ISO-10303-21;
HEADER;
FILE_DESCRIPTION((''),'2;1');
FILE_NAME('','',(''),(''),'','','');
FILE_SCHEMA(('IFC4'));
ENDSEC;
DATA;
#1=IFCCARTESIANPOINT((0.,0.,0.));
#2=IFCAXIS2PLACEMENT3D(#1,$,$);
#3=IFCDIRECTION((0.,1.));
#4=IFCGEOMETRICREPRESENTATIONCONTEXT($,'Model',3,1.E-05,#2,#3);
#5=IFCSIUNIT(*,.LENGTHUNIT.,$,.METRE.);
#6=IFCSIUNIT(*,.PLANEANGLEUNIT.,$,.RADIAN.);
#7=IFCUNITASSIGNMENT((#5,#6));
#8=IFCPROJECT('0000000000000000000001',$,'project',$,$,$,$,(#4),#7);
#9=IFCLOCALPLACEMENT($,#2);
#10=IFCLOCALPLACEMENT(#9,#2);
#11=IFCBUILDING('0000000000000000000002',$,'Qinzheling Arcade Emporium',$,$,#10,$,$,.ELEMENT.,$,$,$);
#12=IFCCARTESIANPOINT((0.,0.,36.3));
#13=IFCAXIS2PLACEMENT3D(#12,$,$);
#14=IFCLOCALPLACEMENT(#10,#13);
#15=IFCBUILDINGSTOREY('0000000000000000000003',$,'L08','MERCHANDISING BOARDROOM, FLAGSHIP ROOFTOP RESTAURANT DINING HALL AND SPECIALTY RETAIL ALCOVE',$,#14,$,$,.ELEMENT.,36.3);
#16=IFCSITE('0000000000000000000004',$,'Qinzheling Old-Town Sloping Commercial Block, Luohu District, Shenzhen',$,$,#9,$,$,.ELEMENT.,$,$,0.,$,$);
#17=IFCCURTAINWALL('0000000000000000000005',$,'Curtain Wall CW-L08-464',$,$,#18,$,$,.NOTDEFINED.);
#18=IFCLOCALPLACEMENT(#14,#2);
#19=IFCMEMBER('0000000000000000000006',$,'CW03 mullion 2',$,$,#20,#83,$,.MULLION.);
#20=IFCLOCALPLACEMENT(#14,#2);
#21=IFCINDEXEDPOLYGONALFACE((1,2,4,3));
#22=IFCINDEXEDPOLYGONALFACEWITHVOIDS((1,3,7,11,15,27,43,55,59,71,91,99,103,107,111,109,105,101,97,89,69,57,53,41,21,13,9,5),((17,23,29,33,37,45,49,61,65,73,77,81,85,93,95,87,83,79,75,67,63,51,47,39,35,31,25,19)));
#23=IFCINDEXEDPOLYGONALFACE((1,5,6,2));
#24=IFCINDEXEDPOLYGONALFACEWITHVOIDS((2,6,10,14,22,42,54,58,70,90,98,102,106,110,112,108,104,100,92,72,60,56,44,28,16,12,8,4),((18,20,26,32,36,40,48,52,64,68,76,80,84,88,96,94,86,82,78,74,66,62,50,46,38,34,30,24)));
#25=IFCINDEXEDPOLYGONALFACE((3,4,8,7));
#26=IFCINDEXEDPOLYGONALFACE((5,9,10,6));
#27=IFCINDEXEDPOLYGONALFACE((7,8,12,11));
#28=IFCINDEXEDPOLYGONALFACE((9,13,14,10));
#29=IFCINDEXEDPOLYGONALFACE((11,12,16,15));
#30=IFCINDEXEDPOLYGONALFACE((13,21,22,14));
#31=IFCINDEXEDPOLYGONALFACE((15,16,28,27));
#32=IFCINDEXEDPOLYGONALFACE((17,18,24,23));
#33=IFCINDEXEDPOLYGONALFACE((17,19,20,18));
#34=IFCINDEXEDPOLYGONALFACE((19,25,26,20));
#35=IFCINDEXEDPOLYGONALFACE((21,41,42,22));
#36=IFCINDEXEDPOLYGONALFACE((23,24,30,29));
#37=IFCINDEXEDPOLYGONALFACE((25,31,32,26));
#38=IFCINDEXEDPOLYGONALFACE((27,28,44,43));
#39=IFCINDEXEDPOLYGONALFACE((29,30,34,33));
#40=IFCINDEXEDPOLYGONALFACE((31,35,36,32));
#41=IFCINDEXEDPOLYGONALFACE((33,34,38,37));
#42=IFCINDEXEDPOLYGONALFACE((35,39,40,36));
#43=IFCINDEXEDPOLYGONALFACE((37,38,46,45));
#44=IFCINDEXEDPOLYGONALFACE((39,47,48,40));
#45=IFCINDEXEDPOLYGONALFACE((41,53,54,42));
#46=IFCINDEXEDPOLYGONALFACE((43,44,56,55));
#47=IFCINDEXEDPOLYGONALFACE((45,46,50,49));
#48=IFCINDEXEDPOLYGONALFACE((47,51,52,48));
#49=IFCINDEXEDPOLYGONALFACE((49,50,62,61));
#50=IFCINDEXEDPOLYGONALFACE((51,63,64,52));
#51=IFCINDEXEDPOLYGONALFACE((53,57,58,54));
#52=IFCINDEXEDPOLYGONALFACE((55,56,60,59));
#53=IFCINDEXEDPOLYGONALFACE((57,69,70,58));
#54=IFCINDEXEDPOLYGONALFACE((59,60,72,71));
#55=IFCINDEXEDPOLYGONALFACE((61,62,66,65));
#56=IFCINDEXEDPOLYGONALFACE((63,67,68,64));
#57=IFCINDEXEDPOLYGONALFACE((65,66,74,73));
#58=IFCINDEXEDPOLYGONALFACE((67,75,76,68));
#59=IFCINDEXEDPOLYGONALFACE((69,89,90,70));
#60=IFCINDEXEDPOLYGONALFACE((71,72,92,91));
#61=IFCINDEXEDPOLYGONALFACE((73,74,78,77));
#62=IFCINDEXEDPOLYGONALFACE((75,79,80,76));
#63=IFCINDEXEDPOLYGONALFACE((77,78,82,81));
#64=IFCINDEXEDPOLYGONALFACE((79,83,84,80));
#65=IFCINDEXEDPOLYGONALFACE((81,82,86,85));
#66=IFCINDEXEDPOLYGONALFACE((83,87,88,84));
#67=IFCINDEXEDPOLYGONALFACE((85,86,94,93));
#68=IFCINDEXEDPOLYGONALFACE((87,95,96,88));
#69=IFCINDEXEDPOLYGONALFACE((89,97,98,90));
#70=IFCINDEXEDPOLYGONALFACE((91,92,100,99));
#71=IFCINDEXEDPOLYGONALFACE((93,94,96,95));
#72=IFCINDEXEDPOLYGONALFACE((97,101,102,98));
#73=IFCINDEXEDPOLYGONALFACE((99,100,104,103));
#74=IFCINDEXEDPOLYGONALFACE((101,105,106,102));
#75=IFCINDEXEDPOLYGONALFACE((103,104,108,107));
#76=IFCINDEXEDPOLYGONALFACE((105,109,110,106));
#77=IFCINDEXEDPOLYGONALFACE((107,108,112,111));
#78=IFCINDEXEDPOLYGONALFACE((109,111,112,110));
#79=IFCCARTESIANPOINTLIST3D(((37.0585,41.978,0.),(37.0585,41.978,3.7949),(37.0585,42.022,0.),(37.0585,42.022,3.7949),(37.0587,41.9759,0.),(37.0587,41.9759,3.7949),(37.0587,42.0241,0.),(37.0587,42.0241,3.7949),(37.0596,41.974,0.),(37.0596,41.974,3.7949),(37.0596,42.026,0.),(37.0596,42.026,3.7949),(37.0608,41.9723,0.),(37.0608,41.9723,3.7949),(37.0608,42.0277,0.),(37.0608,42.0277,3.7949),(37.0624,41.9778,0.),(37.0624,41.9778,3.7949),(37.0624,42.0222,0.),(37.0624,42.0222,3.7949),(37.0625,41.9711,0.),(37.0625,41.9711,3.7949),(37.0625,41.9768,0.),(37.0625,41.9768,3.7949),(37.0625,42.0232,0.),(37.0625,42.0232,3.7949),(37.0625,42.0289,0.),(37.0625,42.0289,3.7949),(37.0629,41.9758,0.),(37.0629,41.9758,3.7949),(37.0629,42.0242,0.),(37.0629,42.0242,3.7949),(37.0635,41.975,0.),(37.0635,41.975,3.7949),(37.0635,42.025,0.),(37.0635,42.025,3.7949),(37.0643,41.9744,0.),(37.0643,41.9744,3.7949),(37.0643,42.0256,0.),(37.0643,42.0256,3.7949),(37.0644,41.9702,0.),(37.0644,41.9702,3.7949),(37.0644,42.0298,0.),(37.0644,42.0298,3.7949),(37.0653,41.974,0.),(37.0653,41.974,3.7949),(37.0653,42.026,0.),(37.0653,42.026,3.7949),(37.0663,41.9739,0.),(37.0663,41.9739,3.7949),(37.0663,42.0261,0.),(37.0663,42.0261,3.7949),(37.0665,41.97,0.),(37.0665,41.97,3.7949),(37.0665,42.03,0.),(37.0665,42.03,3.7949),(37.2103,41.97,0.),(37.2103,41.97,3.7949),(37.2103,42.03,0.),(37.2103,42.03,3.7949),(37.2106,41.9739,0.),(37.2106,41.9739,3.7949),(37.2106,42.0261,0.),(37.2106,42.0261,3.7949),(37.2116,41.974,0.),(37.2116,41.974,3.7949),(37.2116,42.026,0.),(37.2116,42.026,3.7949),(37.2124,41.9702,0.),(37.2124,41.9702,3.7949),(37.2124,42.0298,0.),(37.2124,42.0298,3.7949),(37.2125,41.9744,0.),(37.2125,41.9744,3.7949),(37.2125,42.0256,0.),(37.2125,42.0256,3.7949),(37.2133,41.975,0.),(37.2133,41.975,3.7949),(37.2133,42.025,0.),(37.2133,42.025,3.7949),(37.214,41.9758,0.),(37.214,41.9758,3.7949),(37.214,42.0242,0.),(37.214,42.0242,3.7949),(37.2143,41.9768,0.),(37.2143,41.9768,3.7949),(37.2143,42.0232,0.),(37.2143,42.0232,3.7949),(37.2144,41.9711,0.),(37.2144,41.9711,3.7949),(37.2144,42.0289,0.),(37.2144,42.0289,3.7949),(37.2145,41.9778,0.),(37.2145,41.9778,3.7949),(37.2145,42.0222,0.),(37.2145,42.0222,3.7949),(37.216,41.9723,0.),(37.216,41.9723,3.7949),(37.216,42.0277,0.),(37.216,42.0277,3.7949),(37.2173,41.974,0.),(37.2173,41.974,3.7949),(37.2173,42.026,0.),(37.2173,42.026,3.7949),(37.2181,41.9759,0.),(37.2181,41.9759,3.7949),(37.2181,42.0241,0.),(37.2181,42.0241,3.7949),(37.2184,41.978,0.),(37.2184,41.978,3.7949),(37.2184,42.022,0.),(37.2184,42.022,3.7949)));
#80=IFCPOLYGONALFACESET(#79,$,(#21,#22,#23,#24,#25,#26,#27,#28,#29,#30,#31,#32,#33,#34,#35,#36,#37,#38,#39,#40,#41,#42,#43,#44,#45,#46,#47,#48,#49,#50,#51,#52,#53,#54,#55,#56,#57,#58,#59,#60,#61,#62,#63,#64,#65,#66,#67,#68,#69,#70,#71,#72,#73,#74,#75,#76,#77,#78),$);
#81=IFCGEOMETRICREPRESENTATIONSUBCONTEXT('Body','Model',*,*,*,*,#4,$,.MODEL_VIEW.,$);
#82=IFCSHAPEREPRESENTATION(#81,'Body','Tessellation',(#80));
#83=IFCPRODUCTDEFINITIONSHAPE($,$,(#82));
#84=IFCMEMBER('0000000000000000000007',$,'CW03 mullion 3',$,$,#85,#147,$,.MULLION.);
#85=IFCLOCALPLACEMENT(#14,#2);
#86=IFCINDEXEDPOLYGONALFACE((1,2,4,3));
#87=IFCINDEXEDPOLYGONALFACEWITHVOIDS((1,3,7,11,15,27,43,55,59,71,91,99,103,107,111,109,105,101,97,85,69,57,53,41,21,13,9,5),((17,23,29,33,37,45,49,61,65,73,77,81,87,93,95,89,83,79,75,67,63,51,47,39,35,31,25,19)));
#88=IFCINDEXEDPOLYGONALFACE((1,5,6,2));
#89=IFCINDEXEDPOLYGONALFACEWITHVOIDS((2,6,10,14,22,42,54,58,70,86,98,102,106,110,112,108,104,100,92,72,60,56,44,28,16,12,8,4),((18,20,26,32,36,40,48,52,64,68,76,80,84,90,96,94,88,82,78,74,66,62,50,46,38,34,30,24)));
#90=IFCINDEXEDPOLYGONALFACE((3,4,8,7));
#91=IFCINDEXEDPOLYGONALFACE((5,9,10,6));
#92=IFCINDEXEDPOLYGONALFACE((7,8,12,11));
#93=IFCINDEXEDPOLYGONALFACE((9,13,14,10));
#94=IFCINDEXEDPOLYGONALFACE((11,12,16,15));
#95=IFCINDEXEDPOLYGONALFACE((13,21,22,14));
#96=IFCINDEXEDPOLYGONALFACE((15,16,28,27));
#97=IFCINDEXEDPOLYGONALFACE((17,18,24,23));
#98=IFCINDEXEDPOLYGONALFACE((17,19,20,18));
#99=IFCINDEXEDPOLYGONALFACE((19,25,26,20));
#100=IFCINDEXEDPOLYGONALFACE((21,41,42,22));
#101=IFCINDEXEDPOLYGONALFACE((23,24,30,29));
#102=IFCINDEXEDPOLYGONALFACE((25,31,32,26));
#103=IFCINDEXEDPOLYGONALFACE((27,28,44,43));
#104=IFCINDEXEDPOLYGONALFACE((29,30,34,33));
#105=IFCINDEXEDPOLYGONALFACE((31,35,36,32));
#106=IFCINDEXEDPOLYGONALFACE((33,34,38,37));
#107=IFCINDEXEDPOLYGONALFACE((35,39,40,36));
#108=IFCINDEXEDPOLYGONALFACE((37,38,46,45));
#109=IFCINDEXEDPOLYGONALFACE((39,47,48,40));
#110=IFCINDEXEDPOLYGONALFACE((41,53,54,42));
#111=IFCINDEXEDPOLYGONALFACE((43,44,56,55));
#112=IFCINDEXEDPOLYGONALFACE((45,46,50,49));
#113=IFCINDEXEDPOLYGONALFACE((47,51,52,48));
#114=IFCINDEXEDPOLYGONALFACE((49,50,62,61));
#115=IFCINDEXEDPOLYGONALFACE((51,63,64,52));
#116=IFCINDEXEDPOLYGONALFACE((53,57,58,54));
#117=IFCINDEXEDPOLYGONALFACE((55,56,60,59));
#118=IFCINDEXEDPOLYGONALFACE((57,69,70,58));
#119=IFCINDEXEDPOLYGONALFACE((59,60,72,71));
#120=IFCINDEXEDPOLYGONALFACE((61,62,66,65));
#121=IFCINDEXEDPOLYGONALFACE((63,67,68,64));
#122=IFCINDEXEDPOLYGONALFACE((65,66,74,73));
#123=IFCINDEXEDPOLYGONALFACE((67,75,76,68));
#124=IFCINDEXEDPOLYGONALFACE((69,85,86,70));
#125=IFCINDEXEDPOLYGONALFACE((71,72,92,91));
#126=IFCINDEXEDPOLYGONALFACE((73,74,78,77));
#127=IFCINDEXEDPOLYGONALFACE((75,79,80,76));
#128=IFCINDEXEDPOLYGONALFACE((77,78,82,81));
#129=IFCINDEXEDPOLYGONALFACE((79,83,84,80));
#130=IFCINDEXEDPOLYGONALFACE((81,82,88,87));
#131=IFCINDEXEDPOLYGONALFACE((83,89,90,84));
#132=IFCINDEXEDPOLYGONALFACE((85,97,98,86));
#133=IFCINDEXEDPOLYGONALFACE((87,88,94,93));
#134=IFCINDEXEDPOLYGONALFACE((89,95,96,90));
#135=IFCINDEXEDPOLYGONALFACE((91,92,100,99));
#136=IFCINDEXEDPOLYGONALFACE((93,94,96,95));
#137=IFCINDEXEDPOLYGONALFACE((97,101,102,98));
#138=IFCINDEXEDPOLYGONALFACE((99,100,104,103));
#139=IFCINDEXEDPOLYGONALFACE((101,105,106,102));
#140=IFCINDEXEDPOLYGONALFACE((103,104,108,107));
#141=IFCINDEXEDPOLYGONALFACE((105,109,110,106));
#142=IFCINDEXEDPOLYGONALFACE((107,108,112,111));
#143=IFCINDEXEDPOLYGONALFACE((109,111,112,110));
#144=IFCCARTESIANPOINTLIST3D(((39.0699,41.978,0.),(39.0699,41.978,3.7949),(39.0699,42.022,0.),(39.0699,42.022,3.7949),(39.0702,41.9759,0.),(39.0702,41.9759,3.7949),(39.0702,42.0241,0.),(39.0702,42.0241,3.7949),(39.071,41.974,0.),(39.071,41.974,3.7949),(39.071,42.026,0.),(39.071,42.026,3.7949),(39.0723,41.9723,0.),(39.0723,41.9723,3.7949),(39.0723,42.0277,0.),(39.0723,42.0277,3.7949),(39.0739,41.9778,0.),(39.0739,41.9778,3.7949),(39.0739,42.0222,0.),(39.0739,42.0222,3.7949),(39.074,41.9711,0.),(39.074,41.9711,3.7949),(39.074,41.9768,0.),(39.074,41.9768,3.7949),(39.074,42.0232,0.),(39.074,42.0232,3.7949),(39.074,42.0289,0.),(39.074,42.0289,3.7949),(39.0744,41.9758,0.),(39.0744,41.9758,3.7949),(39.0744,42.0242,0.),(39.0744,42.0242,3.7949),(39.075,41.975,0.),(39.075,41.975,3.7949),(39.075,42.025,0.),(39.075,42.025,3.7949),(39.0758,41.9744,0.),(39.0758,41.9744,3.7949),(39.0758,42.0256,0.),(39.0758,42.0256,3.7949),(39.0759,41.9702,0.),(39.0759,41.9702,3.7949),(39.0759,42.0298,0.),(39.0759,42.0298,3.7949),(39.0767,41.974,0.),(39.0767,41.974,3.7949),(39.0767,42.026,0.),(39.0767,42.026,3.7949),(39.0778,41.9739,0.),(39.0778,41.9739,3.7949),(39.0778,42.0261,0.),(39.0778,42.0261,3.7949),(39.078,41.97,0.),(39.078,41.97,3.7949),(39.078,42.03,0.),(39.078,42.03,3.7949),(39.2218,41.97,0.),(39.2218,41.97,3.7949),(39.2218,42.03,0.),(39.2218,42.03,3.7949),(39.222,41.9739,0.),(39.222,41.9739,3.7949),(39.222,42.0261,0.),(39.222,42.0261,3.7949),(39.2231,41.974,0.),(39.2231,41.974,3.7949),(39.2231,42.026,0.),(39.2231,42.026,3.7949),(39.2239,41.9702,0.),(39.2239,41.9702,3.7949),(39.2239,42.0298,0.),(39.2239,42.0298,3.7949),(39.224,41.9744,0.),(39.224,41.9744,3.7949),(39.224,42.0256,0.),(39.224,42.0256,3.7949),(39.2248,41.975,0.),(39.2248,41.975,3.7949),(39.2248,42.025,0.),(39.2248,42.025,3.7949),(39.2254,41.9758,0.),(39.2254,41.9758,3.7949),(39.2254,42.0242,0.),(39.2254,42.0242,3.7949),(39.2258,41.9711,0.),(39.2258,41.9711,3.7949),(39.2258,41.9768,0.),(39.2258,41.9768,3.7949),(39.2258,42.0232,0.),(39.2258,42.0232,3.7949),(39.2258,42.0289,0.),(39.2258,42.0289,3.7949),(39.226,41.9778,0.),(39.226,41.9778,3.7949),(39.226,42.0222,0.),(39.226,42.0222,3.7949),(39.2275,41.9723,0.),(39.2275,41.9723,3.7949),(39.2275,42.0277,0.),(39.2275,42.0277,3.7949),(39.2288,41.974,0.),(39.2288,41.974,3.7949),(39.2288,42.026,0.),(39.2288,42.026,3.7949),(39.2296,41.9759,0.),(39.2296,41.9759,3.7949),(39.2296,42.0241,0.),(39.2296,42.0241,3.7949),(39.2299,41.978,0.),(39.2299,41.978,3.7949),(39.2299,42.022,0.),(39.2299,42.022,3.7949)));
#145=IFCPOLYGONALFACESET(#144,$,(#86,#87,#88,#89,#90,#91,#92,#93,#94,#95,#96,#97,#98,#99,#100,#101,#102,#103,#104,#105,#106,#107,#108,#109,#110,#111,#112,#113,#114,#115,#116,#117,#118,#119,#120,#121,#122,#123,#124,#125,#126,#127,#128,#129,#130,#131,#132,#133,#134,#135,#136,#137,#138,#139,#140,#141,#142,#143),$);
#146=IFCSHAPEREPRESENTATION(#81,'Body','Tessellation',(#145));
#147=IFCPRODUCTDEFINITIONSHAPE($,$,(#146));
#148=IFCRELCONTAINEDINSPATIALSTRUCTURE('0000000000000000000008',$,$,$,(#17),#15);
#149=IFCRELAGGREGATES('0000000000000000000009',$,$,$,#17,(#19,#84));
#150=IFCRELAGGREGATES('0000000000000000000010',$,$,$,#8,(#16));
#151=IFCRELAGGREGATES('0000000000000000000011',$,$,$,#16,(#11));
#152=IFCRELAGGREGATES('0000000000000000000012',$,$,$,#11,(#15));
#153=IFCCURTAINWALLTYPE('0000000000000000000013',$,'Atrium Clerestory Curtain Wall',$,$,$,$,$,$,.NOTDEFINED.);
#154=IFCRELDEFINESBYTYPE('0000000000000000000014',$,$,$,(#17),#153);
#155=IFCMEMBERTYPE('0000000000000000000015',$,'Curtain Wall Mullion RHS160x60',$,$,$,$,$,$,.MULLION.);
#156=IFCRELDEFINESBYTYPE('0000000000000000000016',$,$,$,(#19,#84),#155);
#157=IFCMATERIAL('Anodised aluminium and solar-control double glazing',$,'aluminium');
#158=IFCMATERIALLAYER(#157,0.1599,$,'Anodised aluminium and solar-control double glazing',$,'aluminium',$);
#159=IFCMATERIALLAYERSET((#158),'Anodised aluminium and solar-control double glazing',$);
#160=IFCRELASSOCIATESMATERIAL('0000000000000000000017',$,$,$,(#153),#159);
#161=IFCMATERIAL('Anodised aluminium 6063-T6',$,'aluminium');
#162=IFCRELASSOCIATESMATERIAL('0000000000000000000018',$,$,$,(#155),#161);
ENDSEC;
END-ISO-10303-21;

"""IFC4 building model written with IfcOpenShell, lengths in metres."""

from ifc_helpers import new_model, si_unit, direction, frame, origin, origin_2d, place, context, subcontext, project, spatial, hollow_rectangle, extrude, material, layer, layer_set, material_profile, profile_set, type_object, element, aggregate, save


model = new_model("IFC4")

# Units and contexts
model_context = context("Model", 3, precision=1e-05, world=origin(), true_north=direction((0.0, 1.0)))
body_context = subcontext(model_context, "Body", "Model", "MODEL_VIEW")
ifc_project = project(units=[si_unit("LENGTHUNIT", "METRE"), si_unit("PLANEANGLEUNIT", "RADIAN")], contexts=[model_context])

# Site, building, storey
site_placement = place(None, origin())
site = spatial("IfcSite", under=ifc_project, at=site_placement, Name="Qinzheling Old-Town Sloping Commercial Block, Luohu District, Shenzhen", CompositionType="ELEMENT", RefElevation=0.0)
building_placement = place(site_placement, origin())
building = spatial("IfcBuilding", under=site, at=building_placement, Name="Qinzheling Arcade Emporium", CompositionType="ELEMENT")
storey_placement = place(building_placement, frame((0.0, 0.0, 36.3)))
storey = spatial("IfcBuildingStorey", under=building, at=storey_placement, Name="L08", Description="MERCHANDISING BOARDROOM, FLAGSHIP ROOFTOP RESTAURANT DINING HALL AND SPECIALTY RETAIL ALCOVE", CompositionType="ELEMENT", Elevation=36.3)

# Curtain wall, members
ifc_material_1 = material(Name="Anodised aluminium and solar-control double glazing", Category="aluminium")
ifc_layer_1 = layer(ifc_material_1, 0.1599, Name="Anodised aluminium and solar-control double glazing", Category="aluminium")
ifc_layer_set_1 = layer_set([ifc_layer_1], Name="Anodised aluminium and solar-control double glazing")
curtain_wall_type = type_object("IfcCurtainWallType", Name="Atrium Clerestory Curtain Wall", PredefinedType="NOTDEFINED", material=ifc_layer_set_1)
curtain_wall_placement = place(storey_placement, origin())
curtain_wall = element("IfcCurtainWall", 1, at=curtain_wall_placement, inside=storey, type_object=curtain_wall_type, Name="Curtain Wall CW-L08-464", PredefinedType="NOTDEFINED")
ifc_material_2 = material(Name="Anodised aluminium 6063-T6", Category="aluminium")
ifc_material_profile_1 = material_profile(ifc_material_2, hollow_rectangle(XDim=0.0601, YDim=0.1599, WallThickness=0.0039, InnerFilletRadius=0.0039, OuterFilletRadius=0.0081, at=origin_2d()), Name="RHS 160x60x4", Category="aluminium")
ifc_profile_set_1 = profile_set([ifc_material_profile_1], Name="Anodised aluminium 6063-T6")
member_type_1 = type_object("IfcMemberType", Name="Curtain Wall Mullion RHS160x60", PredefinedType="MULLION", material=ifc_profile_set_1)
member_1_placement = place(storey_placement, frame((37.1384, 42.0, 0.0), z_axis=(0.0, 0.0, 1.0), x_axis=(0.0, 1.0, 0.0)))
member_1 = element("IfcMember", 2, at=member_1_placement, type_object=member_type_1, Name="CW03 mullion 2", PredefinedType="MULLION", context=body_context, shape_type="SweptSolid", body=[
    extrude(hollow_rectangle(XDim=0.0601, YDim=0.1599, WallThickness=0.0039, InnerFilletRadius=0.0039, OuterFilletRadius=0.0081, at=origin_2d()), origin(), (0.0, 0.0, 1.0), 3.7949),
])
member_2_placement = place(storey_placement, frame((39.1499, 42.0, 0.0), z_axis=(0.0, 0.0, 1.0), x_axis=(0.0, 1.0, 0.0)))
member_2 = element("IfcMember", 3, at=member_2_placement, type_object=member_type_1, Name="CW03 mullion 3", PredefinedType="MULLION", context=body_context, shape_type="SweptSolid", body=[
    extrude(hollow_rectangle(XDim=0.0601, YDim=0.1599, WallThickness=0.0039, InnerFilletRadius=0.0039, OuterFilletRadius=0.0081, at=origin_2d()), origin(), (0.0, 0.0, 1.0), 3.7949),
])
aggregate(curtain_wall, [member_1, member_2])

save(model, "model.ifc")
